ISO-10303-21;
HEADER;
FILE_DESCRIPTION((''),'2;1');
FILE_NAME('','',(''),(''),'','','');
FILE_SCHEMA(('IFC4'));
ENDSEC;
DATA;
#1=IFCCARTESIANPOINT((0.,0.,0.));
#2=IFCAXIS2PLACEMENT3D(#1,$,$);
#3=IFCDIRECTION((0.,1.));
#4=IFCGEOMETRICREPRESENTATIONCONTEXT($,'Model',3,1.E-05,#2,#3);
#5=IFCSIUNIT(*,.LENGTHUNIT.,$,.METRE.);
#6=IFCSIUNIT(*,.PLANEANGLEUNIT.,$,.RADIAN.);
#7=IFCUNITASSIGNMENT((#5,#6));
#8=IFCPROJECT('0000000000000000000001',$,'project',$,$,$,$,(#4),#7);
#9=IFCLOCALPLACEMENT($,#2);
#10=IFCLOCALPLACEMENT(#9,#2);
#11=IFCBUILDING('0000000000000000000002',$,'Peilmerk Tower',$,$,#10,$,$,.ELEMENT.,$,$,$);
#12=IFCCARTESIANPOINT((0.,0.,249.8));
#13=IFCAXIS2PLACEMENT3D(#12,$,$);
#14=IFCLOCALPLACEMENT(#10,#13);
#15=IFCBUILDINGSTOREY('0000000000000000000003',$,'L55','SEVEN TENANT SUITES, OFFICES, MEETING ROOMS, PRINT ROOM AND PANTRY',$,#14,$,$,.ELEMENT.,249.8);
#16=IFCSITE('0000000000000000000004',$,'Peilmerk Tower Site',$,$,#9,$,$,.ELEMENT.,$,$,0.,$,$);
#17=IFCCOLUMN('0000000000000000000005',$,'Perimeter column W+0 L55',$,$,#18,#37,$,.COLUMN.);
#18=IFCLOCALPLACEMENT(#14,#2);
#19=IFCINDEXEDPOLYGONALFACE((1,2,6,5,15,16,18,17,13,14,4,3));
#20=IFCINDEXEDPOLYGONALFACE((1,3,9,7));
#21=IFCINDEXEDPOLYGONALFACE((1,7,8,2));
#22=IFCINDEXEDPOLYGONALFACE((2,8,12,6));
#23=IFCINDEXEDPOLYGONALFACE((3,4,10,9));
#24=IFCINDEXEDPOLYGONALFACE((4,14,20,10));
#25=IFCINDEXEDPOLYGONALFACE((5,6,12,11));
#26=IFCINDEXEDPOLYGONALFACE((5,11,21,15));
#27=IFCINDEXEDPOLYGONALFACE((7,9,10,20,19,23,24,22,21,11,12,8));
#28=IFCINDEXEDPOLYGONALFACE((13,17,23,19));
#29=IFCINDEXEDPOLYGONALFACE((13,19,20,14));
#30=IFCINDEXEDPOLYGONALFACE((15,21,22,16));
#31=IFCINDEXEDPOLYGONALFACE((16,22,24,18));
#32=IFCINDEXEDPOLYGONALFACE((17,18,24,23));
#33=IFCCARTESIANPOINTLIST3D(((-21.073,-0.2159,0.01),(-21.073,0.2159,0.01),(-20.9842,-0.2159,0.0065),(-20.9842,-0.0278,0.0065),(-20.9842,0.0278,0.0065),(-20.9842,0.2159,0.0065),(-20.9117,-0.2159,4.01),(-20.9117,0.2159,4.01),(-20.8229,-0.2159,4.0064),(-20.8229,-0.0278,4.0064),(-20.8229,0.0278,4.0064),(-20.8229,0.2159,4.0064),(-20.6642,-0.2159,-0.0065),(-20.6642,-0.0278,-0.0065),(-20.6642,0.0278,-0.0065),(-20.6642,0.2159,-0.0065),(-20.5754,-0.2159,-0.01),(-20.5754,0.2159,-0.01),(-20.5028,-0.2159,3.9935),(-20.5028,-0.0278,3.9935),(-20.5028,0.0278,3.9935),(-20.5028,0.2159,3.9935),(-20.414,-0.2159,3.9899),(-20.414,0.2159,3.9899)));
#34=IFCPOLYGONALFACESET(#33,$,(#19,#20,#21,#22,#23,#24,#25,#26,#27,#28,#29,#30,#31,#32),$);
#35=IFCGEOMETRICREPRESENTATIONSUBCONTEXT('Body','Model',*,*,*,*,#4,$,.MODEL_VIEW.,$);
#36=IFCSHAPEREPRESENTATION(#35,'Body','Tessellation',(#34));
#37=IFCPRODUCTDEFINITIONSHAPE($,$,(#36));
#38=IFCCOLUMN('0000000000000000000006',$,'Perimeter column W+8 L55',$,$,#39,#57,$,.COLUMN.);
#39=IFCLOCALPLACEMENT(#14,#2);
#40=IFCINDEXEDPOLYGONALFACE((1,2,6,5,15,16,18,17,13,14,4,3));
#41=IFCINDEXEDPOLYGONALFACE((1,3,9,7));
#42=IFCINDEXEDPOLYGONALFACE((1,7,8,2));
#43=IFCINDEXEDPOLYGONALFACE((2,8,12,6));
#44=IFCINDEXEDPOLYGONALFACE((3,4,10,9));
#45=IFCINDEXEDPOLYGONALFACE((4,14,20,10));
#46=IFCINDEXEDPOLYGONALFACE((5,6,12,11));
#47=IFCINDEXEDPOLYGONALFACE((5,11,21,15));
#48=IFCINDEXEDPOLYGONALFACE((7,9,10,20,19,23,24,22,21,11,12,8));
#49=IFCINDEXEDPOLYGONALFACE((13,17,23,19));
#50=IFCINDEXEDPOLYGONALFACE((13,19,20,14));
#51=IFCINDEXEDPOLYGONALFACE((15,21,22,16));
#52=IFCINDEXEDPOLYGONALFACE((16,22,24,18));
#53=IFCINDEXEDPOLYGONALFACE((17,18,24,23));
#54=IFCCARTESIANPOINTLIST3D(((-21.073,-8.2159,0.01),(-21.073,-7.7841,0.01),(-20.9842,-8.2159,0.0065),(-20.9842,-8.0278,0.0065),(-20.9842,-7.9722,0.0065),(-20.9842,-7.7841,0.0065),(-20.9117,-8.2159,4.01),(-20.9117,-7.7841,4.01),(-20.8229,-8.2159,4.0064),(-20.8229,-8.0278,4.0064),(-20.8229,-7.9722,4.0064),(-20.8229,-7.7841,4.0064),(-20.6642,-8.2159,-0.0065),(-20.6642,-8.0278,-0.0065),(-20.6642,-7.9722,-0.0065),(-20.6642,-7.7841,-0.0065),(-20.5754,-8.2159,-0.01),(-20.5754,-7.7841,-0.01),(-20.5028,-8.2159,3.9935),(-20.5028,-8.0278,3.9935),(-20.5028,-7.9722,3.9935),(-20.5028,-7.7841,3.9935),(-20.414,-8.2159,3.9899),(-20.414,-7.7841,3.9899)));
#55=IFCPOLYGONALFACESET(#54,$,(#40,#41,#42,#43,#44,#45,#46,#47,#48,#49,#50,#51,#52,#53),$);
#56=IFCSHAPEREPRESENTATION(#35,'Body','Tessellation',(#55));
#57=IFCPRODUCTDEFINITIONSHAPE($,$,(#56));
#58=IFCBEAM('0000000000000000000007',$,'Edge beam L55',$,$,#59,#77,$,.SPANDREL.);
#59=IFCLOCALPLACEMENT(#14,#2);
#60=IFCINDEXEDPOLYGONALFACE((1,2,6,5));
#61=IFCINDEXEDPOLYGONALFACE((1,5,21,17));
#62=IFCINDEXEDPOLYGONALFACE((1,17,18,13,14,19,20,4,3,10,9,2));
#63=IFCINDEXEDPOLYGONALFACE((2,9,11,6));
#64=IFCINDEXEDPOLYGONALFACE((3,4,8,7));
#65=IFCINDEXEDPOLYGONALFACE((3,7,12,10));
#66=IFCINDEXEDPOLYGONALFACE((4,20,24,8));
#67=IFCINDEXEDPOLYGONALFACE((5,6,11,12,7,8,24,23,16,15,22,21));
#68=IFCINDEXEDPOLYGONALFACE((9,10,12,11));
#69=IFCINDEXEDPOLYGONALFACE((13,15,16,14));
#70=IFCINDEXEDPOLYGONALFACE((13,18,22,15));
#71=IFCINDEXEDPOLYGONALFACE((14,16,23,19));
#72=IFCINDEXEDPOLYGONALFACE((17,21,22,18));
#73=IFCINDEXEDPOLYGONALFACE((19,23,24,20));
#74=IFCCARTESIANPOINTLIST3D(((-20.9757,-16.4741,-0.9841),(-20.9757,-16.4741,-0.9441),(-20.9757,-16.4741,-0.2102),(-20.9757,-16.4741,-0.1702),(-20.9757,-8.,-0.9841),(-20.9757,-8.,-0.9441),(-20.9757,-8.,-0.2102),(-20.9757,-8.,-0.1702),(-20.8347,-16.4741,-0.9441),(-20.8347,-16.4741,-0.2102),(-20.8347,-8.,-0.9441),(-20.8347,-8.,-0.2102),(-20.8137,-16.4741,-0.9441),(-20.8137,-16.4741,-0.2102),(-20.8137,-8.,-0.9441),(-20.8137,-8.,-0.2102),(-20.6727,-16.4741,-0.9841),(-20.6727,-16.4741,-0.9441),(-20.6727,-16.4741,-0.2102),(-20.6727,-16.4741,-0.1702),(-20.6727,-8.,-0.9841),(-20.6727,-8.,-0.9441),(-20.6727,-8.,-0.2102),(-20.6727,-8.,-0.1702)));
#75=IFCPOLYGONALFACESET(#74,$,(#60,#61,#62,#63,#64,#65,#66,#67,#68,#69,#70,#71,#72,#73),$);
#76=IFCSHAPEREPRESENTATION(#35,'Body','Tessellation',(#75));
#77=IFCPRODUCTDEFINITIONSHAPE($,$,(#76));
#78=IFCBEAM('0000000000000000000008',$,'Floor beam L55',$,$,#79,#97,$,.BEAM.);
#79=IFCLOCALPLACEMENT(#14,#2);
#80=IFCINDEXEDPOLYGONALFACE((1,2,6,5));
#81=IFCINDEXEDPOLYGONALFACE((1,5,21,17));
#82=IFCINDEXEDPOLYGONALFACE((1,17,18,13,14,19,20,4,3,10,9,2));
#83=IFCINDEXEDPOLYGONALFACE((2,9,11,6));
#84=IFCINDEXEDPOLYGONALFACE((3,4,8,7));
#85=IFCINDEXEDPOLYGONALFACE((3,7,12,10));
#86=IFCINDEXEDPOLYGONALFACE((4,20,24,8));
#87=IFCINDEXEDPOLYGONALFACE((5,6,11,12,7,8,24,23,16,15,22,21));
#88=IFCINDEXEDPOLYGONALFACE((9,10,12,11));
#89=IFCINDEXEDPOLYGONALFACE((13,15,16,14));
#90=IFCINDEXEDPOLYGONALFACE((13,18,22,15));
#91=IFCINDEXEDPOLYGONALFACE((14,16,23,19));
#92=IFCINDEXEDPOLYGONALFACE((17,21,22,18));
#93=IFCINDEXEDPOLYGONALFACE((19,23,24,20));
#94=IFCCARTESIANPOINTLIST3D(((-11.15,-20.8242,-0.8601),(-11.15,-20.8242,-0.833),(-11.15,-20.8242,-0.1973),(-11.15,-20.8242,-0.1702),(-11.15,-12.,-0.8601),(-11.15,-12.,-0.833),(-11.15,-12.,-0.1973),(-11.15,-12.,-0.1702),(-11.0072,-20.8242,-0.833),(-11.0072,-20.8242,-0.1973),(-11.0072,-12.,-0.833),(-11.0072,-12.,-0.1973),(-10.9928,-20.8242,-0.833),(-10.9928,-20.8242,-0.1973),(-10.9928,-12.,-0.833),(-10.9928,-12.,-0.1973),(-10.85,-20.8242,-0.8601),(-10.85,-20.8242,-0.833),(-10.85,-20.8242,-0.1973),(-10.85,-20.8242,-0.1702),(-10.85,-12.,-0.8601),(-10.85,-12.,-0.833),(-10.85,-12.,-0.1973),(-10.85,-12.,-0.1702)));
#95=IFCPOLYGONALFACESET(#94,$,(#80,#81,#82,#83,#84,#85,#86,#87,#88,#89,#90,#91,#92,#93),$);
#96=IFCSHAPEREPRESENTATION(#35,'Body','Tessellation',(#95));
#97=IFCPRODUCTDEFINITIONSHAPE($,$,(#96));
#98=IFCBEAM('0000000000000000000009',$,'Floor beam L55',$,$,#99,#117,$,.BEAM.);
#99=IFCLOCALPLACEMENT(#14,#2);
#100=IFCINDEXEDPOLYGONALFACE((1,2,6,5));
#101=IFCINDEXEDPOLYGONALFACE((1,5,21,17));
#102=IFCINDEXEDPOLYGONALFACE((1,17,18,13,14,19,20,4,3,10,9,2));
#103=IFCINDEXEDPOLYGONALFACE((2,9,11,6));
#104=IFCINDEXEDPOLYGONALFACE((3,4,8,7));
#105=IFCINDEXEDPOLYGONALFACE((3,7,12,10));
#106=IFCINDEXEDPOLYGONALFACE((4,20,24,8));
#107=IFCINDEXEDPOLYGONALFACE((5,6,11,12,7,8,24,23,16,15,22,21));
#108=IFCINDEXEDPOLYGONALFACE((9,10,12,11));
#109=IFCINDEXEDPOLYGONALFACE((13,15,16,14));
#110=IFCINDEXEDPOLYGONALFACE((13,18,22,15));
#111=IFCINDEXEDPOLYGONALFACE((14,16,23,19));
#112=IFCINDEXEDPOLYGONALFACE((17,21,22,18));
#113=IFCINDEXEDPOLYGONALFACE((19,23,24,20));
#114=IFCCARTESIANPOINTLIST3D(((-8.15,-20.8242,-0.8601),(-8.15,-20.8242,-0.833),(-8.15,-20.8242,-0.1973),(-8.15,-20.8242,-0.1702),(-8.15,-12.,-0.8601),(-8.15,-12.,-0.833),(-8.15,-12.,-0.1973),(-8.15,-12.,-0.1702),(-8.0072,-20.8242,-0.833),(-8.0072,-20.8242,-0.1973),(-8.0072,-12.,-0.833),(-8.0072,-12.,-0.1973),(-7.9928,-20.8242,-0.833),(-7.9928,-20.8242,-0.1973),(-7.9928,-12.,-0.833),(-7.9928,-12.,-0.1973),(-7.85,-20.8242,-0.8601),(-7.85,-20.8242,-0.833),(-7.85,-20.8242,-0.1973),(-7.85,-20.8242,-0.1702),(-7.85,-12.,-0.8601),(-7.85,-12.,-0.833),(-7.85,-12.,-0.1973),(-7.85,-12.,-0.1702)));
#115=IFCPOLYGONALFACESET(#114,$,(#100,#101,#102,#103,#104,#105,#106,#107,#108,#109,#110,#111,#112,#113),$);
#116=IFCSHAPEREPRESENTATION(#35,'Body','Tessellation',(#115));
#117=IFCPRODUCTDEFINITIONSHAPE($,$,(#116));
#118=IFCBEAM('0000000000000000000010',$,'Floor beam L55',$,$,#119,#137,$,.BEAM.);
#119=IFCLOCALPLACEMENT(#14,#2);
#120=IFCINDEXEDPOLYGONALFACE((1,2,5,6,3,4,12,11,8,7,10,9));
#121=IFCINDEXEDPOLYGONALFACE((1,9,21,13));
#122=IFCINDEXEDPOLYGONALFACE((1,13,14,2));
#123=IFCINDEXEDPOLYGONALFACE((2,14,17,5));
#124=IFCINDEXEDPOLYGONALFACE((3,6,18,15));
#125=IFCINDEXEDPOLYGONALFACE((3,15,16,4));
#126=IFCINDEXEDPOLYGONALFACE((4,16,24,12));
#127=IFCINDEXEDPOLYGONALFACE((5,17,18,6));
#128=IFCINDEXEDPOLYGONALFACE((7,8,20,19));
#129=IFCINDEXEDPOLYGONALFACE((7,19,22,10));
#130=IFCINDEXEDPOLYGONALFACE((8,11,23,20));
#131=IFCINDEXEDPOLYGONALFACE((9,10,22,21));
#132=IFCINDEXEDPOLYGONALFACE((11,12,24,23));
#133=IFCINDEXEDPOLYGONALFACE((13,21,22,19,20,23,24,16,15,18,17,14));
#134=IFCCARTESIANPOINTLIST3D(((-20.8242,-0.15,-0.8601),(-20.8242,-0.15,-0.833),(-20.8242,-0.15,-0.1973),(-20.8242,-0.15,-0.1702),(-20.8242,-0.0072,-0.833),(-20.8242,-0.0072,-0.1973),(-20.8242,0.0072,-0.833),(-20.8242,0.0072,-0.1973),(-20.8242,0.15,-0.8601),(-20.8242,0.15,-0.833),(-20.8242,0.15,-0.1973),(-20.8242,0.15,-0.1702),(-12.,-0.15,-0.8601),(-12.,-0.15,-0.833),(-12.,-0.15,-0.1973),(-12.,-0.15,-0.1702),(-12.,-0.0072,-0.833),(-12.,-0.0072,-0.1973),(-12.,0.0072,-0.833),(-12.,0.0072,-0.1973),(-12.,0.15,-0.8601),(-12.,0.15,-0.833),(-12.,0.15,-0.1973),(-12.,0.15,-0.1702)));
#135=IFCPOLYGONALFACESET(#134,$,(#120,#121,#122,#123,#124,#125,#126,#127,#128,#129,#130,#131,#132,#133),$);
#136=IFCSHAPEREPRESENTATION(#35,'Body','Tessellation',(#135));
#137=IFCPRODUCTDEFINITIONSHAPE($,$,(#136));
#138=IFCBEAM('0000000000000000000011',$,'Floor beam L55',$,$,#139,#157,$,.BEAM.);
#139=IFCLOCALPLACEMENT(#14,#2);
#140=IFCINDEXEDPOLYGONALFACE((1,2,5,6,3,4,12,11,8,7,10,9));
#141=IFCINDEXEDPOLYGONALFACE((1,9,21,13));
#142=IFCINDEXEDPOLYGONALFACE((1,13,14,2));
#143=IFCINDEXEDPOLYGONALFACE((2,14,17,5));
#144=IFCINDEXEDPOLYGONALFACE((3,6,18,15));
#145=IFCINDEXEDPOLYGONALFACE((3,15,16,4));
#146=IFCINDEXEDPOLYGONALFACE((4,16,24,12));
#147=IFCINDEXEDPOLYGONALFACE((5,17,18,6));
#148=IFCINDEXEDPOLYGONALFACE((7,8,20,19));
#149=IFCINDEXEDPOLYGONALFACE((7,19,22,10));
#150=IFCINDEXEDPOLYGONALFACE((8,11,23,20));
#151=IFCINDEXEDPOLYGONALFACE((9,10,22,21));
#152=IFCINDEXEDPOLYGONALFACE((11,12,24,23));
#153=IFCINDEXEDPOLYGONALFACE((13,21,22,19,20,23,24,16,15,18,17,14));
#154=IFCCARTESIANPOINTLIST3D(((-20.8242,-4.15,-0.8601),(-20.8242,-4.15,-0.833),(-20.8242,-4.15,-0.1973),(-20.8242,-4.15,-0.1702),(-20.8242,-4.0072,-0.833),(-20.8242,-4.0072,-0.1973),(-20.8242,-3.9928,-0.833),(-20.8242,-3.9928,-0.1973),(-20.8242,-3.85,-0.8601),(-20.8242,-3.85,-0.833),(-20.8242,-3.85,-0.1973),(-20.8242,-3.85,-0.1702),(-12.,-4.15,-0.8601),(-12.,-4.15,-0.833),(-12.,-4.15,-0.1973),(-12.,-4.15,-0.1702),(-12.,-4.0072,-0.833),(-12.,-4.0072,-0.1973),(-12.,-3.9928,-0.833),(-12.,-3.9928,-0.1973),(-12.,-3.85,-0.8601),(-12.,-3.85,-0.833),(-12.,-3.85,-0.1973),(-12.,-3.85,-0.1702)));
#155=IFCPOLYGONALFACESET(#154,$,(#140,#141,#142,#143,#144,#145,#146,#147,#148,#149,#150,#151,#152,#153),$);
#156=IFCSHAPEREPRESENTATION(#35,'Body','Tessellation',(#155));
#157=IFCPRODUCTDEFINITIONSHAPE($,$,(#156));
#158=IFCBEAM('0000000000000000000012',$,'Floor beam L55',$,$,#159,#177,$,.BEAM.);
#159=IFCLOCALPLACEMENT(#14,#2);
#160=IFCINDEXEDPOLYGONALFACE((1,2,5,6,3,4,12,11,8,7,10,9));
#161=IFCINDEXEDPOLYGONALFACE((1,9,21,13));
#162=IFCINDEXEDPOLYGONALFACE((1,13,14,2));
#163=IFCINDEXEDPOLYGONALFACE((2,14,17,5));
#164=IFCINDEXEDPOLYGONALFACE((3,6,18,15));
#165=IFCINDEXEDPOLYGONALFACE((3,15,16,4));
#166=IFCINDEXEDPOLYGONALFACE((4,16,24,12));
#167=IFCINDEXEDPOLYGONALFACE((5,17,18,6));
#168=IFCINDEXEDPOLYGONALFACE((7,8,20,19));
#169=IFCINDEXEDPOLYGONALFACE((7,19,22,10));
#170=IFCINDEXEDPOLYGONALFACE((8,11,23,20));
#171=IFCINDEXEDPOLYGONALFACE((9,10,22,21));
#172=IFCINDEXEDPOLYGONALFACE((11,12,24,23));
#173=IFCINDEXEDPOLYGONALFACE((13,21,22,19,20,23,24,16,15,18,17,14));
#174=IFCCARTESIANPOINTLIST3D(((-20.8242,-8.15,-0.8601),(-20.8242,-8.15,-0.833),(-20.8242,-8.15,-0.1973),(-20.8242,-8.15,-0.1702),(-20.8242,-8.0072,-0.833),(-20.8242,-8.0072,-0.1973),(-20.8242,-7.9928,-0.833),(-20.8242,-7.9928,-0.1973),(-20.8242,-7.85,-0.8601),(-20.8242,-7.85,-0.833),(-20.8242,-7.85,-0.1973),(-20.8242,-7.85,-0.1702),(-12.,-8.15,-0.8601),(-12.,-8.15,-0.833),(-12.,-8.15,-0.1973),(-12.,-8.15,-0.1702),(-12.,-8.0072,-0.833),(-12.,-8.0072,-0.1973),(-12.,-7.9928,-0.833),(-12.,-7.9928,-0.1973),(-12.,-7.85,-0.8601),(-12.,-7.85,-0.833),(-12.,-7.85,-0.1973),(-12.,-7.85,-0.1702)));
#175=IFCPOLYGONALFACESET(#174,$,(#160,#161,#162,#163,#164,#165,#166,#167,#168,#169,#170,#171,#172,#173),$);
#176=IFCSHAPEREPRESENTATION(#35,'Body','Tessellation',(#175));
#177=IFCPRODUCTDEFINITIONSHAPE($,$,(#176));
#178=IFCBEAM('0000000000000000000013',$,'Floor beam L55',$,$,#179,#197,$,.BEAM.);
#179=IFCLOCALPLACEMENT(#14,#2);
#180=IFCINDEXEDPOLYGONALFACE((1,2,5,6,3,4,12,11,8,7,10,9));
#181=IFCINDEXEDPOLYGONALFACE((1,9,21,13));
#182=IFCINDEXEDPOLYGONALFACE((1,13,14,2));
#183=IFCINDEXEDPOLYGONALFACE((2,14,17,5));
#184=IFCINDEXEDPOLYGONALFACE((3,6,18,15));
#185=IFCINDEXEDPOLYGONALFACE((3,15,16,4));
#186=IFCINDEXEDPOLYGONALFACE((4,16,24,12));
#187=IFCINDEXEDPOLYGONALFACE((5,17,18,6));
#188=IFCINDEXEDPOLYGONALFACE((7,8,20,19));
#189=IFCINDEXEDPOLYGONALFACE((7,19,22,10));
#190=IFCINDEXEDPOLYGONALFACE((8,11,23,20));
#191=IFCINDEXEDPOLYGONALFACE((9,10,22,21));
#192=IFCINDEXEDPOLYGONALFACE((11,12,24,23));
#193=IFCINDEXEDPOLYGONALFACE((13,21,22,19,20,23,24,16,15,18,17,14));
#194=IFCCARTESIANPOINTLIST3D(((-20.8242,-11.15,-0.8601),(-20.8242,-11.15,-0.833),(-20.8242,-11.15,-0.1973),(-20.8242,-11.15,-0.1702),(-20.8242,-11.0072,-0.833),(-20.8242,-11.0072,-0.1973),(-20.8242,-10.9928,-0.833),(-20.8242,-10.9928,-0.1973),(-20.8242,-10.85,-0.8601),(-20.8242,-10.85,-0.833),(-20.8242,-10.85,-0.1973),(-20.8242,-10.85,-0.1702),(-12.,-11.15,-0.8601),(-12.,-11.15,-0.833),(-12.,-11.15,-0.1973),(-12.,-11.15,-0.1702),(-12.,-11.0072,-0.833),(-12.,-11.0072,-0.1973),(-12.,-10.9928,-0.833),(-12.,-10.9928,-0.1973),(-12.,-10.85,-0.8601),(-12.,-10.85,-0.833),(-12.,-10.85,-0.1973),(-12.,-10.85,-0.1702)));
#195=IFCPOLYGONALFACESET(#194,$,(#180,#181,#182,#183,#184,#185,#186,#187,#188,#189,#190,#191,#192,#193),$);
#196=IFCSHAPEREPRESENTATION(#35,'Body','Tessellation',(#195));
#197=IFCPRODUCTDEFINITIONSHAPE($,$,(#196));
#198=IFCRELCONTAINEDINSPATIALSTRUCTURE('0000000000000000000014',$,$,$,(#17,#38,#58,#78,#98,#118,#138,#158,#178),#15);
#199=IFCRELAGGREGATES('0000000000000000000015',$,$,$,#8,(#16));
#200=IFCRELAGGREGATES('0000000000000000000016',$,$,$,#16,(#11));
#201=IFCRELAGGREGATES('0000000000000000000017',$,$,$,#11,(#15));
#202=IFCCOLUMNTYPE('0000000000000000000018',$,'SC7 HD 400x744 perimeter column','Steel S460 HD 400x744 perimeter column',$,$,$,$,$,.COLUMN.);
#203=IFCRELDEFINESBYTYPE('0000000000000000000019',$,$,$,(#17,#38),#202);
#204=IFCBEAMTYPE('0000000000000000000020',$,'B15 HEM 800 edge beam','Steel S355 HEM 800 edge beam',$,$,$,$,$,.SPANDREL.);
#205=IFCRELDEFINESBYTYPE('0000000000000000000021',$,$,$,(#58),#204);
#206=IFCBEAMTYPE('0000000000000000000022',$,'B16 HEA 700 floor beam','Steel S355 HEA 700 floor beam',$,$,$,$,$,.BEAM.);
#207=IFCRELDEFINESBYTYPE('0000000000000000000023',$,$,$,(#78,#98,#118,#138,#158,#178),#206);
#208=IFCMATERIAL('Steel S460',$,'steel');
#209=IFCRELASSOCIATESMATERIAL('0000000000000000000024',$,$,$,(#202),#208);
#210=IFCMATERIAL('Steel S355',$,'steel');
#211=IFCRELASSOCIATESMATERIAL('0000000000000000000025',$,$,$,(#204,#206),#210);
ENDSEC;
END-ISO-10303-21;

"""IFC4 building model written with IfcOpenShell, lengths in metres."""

from ifc_helpers import new_model, si_unit, direction, frame, origin, origin_2d, place, context, subcontext, project, spatial, i_section, extrude, material, material_profile, profile_set, type_object, element, save


model = new_model("IFC4")

# Units and contexts
model_context = context("Model", 3, precision=1e-05, world=origin(), true_north=direction((0.0, 1.0)))
body_context = subcontext(model_context, "Body", "Model", "MODEL_VIEW")
ifc_project = project(units=[si_unit("LENGTHUNIT", "METRE"), si_unit("PLANEANGLEUNIT", "RADIAN")], contexts=[model_context])

# Site, building, storey
site_placement = place(None, origin())
site = spatial("IfcSite", under=ifc_project, at=site_placement, Name="Peilmerk Tower Site", CompositionType="ELEMENT", RefElevation=0.0)
building_placement = place(site_placement, origin())
building = spatial("IfcBuilding", under=site, at=building_placement, Name="Peilmerk Tower", CompositionType="ELEMENT")
storey_placement = place(building_placement, frame((0.0, 0.0, 249.8)))
storey = spatial("IfcBuildingStorey", under=building, at=storey_placement, Name="L55", Description="SEVEN TENANT SUITES, OFFICES, MEETING ROOMS, PRINT ROOM AND PANTRY", CompositionType="ELEMENT", Elevation=249.8)

# Columns
ifc_material_1 = material(Name="Steel S460", Category="steel")
ifc_material_profile_1 = material_profile(ifc_material_1, i_section(OverallWidth=0.4319, OverallDepth=0.498, WebThickness=0.0557, FlangeThickness=0.0889, at=origin_2d()), Name="HD 400x744")
ifc_profile_set_1 = profile_set([ifc_material_profile_1], Name="Steel S460")
column_type = type_object("IfcColumnType", Name="SC7 HD 400x744 perimeter column", Description="Steel S460 HD 400x744 perimeter column", PredefinedType="COLUMN", material=ifc_profile_set_1)
for number, where, z_axis, x_axis, name in (
    (1, (-20.8242, 0.0, 0.0), (0.040311, 0.0, 0.999187), (0.0, 1.0, 0.0), "Perimeter column W+0 L55"),
    (2, (-20.8242, -8.0, 0.0), (0.040311, 0.0, 0.999187), (0.0, 1.0, 0.0), "Perimeter column W+8 L55"),
):
    element("IfcColumn", number, at=place(storey_placement, frame(where, z_axis=z_axis, x_axis=x_axis)), inside=storey, type_object=column_type, Name=name, PredefinedType="COLUMN", context=body_context, shape_type="SweptSolid", body=[
        extrude(i_section(OverallWidth=0.4319, OverallDepth=0.498, WebThickness=0.0557, FlangeThickness=0.0889, at=origin_2d()), origin(), (0.0, 0.0, 1.0), 4.0032),
    ])

# Beams
ifc_material_2 = material(Name="Steel S355", Category="steel")
ifc_material_profile_2 = material_profile(ifc_material_2, i_section(OverallWidth=0.303, OverallDepth=0.814, WebThickness=0.021, FlangeThickness=0.04, at=origin_2d()), Name="HEM 800")
ifc_profile_set_2 = profile_set([ifc_material_profile_2], Name="Steel S355")
beam_type_1 = type_object("IfcBeamType", Name="B15 HEM 800 edge beam", Description="Steel S355 HEM 800 edge beam", PredefinedType="SPANDREL", material=ifc_profile_set_2)
beam_1_placement = place(storey_placement, frame((-20.8242, -8.0, -0.5771), z_axis=(0.0, -1.0, 0.0), x_axis=(1.0, 0.0, 0.0)))
element("IfcBeam", 3, at=beam_1_placement, inside=storey, type_object=beam_type_1, Name="Edge beam L55", PredefinedType="SPANDREL", context=body_context, shape_type="SweptSolid", body=[
    extrude(i_section(OverallWidth=0.303, OverallDepth=0.814, WebThickness=0.021, FlangeThickness=0.04, at=origin_2d()), origin(), (0.0, 0.0, 1.0), 8.4741),
])
ifc_material_profile_3 = material_profile(ifc_material_2, i_section(OverallWidth=0.3, OverallDepth=0.6899, WebThickness=0.0144, FlangeThickness=0.0271, at=origin_2d()), Name="HEA 700")
ifc_profile_set_3 = profile_set([ifc_material_profile_3], Name="Steel S355")
beam_type_2 = type_object("IfcBeamType", Name="B16 HEA 700 floor beam", Description="Steel S355 HEA 700 floor beam", PredefinedType="BEAM", material=ifc_profile_set_3)
for number, where, z_axis, x_axis, name in (
    (4, (-11.0, -12.0, -0.5151), (0.0, -1.0, 0.0), (1.0, 0.0, 0.0), "Floor beam L55"),
    (5, (-8.0, -12.0, -0.5151), (0.0, -1.0, 0.0), (1.0, 0.0, 0.0), "Floor beam L55"),
    (6, (-12.0, 0.0, -0.5151), (-1.0, 0.0, 0.0), (0.0, -1.0, 0.0), "Floor beam L55"),
    (7, (-12.0, -4.0, -0.5151), (-1.0, 0.0, 0.0), (0.0, -1.0, 0.0), "Floor beam L55"),
    (8, (-12.0, -8.0, -0.5151), (-1.0, 0.0, 0.0), (0.0, -1.0, 0.0), "Floor beam L55"),
    (9, (-12.0, -11.0, -0.5151), (-1.0, 0.0, 0.0), (0.0, -1.0, 0.0), "Floor beam L55"),
):
    element("IfcBeam", number, at=place(storey_placement, frame(where, z_axis=z_axis, x_axis=x_axis)), inside=storey, type_object=beam_type_2, Name=name, PredefinedType="BEAM", context=body_context, shape_type="SweptSolid", body=[
        extrude(i_section(OverallWidth=0.3, OverallDepth=0.6899, WebThickness=0.0144, FlangeThickness=0.0271, at=origin_2d()), origin(), (0.0, 0.0, 1.0), 8.8242),
    ])

save(model, "model.ifc")
